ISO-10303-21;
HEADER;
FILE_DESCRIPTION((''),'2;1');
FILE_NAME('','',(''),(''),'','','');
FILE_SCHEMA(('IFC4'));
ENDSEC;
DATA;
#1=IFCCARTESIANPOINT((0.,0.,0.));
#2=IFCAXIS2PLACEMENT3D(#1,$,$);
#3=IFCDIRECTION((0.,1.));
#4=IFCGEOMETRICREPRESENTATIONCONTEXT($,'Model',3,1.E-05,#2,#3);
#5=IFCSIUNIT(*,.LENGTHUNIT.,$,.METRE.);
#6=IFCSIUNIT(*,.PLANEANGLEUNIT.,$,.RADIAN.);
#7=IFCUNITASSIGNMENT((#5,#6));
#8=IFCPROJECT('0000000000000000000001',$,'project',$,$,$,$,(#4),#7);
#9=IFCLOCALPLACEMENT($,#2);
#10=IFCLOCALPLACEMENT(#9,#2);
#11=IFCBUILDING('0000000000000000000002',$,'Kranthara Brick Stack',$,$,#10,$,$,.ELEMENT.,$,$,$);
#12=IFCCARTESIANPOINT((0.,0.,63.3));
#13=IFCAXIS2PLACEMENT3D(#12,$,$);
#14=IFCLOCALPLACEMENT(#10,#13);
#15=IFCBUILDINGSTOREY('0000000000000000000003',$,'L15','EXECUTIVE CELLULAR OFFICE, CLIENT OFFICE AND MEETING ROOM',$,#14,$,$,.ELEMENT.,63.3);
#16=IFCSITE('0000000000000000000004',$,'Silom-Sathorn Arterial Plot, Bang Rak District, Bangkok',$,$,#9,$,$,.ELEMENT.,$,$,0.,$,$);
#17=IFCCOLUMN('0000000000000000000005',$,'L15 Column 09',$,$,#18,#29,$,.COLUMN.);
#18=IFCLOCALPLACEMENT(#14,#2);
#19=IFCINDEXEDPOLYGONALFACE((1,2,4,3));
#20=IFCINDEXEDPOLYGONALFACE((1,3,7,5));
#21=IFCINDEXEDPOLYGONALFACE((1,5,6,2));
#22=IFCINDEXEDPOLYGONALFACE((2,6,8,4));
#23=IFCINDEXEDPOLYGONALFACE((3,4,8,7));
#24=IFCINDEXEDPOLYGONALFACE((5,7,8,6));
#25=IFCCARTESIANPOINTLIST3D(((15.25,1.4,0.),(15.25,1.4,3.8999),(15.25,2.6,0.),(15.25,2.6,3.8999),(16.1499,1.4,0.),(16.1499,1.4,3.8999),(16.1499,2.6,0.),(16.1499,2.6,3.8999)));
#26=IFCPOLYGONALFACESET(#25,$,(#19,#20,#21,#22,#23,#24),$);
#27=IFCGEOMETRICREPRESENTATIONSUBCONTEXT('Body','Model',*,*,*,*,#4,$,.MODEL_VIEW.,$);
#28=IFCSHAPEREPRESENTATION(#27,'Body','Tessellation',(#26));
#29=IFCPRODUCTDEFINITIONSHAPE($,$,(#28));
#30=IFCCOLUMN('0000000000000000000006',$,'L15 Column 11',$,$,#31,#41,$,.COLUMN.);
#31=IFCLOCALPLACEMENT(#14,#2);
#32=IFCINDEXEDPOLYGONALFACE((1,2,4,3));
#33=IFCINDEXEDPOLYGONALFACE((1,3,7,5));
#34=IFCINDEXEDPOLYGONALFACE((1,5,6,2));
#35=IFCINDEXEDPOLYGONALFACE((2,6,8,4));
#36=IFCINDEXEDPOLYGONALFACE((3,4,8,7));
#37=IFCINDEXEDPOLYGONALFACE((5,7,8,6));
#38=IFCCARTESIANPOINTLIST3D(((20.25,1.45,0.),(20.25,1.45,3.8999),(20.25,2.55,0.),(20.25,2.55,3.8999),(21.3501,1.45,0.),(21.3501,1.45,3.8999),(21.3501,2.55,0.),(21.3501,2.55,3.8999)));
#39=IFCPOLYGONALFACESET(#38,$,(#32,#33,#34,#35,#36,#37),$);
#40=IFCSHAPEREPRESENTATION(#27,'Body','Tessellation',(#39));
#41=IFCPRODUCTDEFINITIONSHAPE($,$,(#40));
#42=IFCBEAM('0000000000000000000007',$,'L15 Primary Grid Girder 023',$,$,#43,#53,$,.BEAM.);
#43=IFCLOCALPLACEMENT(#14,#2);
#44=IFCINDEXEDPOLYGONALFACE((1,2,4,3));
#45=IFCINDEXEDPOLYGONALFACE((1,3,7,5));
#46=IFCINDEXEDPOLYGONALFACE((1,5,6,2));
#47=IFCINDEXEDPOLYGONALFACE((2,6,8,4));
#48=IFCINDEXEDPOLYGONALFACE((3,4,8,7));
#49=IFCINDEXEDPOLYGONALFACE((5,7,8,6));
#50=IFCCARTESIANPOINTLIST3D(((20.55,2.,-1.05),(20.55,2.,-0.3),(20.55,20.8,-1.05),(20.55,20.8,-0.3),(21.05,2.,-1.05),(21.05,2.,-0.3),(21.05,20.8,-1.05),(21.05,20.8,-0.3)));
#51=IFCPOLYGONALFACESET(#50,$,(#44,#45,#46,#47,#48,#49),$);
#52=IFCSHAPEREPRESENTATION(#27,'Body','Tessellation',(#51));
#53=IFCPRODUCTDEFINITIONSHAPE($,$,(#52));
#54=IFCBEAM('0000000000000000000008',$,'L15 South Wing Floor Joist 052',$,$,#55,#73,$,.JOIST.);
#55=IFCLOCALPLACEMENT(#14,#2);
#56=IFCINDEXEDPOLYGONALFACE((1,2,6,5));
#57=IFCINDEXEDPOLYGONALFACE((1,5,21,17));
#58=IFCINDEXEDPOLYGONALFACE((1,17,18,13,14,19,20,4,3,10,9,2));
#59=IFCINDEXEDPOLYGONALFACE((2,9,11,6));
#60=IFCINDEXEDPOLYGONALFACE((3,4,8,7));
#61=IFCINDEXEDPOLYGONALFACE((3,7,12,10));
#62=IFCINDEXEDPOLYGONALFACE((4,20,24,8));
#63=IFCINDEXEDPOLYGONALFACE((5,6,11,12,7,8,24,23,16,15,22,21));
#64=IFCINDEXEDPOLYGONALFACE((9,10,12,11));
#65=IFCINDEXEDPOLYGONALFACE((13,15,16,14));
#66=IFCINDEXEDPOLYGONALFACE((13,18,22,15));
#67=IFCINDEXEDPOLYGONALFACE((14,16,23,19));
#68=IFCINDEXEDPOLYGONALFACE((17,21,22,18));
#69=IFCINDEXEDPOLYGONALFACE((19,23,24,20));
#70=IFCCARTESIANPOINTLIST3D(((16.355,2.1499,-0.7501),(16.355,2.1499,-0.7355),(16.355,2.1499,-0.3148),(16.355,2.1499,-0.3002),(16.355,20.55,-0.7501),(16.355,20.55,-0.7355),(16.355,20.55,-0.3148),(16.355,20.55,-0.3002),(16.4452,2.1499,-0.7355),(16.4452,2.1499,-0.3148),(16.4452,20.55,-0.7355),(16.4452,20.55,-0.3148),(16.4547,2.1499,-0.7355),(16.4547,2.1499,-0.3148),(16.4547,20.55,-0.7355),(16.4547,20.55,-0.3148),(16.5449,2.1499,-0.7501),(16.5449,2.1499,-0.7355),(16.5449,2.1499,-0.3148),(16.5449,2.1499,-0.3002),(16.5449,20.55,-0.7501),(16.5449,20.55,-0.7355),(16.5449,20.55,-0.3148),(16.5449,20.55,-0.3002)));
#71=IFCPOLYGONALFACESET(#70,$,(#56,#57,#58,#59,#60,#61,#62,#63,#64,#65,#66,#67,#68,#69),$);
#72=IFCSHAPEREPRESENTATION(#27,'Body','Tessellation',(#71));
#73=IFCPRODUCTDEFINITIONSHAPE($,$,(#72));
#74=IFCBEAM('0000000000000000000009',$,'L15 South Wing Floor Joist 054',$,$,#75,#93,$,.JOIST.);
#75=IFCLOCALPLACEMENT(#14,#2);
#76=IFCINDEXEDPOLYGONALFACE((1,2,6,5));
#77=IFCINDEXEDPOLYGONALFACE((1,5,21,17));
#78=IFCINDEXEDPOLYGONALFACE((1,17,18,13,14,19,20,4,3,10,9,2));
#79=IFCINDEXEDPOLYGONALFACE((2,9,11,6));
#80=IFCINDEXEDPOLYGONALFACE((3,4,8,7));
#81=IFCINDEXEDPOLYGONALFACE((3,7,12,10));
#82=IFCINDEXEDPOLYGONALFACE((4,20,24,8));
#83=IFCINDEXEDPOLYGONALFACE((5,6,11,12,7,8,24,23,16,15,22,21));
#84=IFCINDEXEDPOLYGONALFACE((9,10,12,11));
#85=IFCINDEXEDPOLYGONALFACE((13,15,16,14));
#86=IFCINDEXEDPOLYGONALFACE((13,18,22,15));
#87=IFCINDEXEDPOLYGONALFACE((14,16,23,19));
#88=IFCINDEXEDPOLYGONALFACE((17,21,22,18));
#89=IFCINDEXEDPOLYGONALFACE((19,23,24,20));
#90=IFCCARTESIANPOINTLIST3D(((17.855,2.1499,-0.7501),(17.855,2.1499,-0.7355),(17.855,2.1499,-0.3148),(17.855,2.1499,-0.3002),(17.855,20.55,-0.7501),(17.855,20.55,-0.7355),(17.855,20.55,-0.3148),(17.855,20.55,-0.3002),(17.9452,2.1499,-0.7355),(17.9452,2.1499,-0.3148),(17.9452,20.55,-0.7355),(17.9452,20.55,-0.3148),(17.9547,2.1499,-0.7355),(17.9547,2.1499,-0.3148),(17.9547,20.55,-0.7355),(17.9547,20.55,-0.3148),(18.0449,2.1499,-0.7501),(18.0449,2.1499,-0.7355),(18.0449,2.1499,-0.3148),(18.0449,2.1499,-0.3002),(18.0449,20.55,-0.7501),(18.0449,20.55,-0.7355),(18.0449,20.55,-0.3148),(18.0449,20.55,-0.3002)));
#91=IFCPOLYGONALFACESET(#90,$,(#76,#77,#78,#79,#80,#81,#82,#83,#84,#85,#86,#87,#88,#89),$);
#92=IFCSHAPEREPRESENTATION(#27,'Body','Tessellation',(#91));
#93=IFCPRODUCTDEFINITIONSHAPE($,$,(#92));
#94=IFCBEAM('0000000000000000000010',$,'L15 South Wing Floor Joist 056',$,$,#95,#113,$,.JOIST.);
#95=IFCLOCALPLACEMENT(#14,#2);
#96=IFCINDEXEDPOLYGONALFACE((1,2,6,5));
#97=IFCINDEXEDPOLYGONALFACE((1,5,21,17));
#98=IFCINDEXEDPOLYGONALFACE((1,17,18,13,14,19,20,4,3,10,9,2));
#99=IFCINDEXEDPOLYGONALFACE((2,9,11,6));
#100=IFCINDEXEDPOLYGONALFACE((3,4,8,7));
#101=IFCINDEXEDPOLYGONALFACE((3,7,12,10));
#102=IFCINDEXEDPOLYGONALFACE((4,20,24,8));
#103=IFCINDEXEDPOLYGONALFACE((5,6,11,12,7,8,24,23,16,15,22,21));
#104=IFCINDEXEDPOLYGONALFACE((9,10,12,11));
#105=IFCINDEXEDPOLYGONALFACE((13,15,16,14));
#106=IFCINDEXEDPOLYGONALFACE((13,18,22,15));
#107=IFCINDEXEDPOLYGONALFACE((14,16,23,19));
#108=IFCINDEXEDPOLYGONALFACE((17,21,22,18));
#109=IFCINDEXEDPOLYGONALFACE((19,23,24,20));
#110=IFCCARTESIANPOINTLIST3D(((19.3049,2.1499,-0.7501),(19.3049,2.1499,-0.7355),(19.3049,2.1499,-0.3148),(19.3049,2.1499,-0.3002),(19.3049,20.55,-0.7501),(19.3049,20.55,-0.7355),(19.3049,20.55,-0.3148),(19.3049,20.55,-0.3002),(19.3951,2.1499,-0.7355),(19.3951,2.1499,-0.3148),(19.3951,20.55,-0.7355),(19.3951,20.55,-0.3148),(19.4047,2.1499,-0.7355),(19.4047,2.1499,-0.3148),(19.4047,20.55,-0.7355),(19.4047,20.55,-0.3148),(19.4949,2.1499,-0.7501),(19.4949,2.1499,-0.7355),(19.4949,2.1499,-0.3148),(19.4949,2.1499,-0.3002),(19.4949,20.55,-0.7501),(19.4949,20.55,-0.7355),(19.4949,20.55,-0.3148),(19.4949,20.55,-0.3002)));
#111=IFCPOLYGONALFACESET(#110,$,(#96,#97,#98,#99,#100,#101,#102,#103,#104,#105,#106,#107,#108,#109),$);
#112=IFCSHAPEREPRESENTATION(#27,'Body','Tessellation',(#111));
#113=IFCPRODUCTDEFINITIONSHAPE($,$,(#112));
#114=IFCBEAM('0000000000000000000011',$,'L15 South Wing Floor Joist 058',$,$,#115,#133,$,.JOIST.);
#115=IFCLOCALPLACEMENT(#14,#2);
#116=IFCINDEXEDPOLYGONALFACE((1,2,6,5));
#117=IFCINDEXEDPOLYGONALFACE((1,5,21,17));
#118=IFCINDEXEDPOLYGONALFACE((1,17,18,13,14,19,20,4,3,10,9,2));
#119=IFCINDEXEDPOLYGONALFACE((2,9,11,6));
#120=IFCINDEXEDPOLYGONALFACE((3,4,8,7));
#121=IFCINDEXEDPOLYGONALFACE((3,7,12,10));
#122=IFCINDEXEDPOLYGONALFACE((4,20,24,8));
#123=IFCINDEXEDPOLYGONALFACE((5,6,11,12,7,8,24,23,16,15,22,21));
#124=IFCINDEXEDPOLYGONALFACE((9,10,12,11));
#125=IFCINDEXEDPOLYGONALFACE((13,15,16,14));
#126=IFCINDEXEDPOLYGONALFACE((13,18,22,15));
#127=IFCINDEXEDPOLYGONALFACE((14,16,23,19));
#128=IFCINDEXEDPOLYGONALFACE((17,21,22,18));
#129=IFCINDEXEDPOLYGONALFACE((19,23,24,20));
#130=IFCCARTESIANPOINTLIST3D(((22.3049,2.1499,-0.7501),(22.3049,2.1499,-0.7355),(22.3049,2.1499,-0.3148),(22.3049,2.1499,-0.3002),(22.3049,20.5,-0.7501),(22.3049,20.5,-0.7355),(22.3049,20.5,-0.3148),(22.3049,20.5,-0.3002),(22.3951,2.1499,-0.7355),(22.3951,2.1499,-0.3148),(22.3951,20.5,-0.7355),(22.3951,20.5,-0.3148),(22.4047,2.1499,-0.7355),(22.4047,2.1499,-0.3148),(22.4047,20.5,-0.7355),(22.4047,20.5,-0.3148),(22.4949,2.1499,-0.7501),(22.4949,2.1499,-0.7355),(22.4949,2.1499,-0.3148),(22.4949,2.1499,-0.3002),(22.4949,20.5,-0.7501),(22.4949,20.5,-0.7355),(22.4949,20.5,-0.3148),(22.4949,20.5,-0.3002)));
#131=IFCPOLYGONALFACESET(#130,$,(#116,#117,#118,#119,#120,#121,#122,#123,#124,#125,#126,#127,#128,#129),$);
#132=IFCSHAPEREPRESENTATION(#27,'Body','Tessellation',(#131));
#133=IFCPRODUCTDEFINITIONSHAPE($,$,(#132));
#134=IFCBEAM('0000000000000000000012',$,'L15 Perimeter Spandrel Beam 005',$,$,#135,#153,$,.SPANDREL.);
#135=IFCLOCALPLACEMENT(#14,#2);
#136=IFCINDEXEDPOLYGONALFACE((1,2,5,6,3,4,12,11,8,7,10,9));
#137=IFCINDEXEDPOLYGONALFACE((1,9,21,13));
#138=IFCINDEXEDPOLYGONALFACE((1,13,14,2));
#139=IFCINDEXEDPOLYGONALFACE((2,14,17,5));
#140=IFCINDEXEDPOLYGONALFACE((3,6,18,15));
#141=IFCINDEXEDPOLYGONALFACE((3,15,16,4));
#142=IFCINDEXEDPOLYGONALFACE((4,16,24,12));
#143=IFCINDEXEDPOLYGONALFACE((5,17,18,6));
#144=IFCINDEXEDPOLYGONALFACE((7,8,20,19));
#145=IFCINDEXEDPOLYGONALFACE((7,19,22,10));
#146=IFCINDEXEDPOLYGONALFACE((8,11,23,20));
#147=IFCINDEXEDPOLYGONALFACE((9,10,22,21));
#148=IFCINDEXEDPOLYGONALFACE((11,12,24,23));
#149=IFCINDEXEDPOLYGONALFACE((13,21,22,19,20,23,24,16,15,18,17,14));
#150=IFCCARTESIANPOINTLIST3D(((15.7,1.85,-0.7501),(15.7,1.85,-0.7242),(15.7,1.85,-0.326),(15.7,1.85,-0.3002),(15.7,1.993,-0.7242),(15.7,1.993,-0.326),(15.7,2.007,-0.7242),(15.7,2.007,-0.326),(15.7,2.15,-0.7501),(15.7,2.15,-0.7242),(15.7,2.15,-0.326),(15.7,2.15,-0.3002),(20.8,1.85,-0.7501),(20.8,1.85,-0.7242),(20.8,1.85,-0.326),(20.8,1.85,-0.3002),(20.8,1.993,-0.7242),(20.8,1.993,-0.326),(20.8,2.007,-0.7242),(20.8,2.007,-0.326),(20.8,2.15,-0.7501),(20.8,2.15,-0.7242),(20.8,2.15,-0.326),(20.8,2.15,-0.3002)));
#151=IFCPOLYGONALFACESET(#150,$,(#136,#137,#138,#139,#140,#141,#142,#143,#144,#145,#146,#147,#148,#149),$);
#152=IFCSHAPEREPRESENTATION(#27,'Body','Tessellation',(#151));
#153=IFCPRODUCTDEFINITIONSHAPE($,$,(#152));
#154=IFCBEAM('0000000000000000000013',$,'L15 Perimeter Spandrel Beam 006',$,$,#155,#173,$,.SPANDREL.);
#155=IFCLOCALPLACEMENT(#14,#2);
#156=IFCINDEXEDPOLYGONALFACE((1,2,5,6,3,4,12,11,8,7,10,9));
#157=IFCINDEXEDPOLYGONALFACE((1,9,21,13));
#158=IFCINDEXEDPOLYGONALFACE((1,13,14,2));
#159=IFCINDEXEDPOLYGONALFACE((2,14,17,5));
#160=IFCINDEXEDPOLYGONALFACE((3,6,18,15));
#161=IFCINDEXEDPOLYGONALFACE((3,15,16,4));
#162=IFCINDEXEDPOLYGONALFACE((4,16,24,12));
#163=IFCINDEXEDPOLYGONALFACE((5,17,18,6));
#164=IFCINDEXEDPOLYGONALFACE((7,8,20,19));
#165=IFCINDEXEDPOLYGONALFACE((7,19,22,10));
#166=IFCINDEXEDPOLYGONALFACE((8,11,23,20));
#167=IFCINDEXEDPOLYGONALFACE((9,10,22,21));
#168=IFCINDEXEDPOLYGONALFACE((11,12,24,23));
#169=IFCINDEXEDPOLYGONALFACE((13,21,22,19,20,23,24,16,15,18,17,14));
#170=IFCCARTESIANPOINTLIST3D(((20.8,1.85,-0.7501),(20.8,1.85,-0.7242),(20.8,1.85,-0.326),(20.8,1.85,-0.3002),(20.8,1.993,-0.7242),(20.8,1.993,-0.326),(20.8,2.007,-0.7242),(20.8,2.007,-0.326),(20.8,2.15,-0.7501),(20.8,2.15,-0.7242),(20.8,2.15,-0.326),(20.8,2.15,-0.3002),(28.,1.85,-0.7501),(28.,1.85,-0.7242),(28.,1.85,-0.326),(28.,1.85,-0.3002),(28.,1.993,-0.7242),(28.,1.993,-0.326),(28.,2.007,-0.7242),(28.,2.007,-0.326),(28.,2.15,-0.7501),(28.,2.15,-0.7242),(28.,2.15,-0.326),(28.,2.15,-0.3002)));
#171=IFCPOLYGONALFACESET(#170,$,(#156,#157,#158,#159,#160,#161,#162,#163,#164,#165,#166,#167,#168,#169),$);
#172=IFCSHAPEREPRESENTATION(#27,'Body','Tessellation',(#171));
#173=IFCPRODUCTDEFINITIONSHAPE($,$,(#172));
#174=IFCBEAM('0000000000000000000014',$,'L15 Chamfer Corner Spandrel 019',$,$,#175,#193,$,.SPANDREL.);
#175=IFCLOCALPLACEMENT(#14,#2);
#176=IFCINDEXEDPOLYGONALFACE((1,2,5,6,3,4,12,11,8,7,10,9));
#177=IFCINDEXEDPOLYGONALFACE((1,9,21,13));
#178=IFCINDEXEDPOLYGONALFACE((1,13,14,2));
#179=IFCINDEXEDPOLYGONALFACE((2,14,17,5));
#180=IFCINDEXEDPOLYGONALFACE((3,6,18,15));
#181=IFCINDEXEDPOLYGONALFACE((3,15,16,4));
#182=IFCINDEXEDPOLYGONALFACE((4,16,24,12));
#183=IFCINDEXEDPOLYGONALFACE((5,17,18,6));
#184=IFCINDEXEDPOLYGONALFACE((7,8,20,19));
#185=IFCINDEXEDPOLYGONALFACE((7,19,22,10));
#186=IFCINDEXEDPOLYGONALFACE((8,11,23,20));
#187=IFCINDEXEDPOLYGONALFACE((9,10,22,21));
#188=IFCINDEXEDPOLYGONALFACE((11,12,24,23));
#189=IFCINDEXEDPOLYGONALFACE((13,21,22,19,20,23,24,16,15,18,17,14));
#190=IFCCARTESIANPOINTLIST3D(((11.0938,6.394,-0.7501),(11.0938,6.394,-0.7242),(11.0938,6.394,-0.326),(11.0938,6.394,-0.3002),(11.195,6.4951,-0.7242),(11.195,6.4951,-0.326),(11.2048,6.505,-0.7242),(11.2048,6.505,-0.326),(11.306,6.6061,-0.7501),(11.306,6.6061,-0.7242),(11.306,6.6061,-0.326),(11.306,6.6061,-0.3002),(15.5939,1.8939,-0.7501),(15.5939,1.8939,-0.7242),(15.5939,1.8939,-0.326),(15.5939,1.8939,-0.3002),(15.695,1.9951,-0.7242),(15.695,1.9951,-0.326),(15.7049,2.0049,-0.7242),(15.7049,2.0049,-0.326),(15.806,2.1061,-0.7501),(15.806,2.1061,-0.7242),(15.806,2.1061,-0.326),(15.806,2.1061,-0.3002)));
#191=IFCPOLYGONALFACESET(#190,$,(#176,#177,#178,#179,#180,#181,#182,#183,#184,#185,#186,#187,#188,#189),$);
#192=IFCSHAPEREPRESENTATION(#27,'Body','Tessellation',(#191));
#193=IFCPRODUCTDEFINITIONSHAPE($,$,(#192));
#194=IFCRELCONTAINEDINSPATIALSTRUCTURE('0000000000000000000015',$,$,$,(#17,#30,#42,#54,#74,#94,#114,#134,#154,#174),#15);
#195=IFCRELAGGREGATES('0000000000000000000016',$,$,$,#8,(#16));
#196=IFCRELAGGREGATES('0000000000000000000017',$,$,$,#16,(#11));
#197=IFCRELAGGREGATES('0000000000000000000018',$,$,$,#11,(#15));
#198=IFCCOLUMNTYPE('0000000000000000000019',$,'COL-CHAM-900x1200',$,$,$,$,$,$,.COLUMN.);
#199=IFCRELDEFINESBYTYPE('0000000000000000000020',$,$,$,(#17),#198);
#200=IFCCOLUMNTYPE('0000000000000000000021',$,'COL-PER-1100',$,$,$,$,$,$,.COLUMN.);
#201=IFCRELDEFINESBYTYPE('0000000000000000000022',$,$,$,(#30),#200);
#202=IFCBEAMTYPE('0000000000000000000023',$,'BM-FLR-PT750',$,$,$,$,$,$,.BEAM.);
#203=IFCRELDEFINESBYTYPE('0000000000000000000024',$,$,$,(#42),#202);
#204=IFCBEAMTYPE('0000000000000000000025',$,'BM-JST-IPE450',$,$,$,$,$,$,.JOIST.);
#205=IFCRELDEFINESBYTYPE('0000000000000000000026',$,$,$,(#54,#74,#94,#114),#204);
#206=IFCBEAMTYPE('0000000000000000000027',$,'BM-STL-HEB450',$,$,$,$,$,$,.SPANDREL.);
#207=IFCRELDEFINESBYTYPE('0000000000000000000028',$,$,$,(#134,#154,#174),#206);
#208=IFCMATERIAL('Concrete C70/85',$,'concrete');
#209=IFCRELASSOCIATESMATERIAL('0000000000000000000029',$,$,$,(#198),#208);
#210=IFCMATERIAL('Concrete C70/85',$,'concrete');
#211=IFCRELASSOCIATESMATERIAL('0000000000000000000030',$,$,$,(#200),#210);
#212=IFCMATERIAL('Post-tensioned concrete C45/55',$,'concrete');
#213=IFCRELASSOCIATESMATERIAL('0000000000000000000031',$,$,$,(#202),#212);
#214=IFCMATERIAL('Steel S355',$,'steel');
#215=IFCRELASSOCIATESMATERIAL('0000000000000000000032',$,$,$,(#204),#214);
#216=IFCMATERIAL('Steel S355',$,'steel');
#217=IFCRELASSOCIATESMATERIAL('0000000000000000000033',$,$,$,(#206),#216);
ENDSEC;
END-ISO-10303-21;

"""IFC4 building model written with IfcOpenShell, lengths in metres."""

from ifc_helpers import new_model, si_unit, direction, frame, origin, origin_2d, place, context, subcontext, project, spatial, rectangle, i_section, extrude, material, material_profile, profile_set, type_object, element, save


model = new_model("IFC4")

# Units and contexts
model_context = context("Model", 3, precision=1e-05, world=origin(), true_north=direction((0.0, 1.0)))
body_context = subcontext(model_context, "Body", "Model", "MODEL_VIEW")
ifc_project = project(units=[si_unit("LENGTHUNIT", "METRE"), si_unit("PLANEANGLEUNIT", "RADIAN")], contexts=[model_context])

# Site, building, storey
site_placement = place(None, origin())
site = spatial("IfcSite", under=ifc_project, at=site_placement, Name="Silom-Sathorn Arterial Plot, Bang Rak District, Bangkok", CompositionType="ELEMENT", RefElevation=0.0)
building_placement = place(site_placement, origin())
building = spatial("IfcBuilding", under=site, at=building_placement, Name="Kranthara Brick Stack", CompositionType="ELEMENT")
storey_placement = place(building_placement, frame((0.0, 0.0, 63.3)))
storey = spatial("IfcBuildingStorey", under=building, at=storey_placement, Name="L15", Description="EXECUTIVE CELLULAR OFFICE, CLIENT OFFICE AND MEETING ROOM", CompositionType="ELEMENT", Elevation=63.3)

# Columns
ifc_material_1 = material(Name="Concrete C70/85", Category="concrete")
ifc_material_profile_1 = material_profile(ifc_material_1, rectangle(XDim=0.8999, YDim=1.2, at=origin_2d()), Name="RC 900x1200")
ifc_profile_set_1 = profile_set([ifc_material_profile_1], Name="Concrete C70/85")
column_type_1 = type_object("IfcColumnType", Name="COL-CHAM-900x1200", PredefinedType="COLUMN", material=ifc_profile_set_1)
column_1_placement = place(storey_placement, frame((15.7, 2.0, 0.0), z_axis=(0.0, 0.0, 1.0), x_axis=(1.0, 0.0, 0.0)))
element("IfcColumn", 1, at=column_1_placement, inside=storey, type_object=column_type_1, Name="L15 Column 09", PredefinedType="COLUMN", context=body_context, shape_type="SweptSolid", body=[
    extrude(rectangle(XDim=0.8999, YDim=1.2, at=origin_2d()), origin(), (0.0, 0.0, 1.0), 3.8999),
])
ifc_material_2 = material(Name="Concrete C70/85", Category="concrete")
ifc_material_profile_2 = material_profile(ifc_material_2, rectangle(XDim=1.1001, YDim=1.1001, at=origin_2d()), Name="RC 1100x1100")
ifc_profile_set_2 = profile_set([ifc_material_profile_2], Name="Concrete C70/85")
column_type_2 = type_object("IfcColumnType", Name="COL-PER-1100", PredefinedType="COLUMN", material=ifc_profile_set_2)
column_2_placement = place(storey_placement, frame((20.8, 2.0, 0.0), z_axis=(0.0, 0.0, 1.0), x_axis=(1.0, 0.0, 0.0)))
element("IfcColumn", 2, at=column_2_placement, inside=storey, type_object=column_type_2, Name="L15 Column 11", PredefinedType="COLUMN", context=body_context, shape_type="SweptSolid", body=[
    extrude(rectangle(XDim=1.1001, YDim=1.1001, at=origin_2d()), origin(), (0.0, 0.0, 1.0), 3.8999),
])

# Beams
ifc_material_3 = material(Name="Post-tensioned concrete C45/55", Category="concrete")
ifc_material_profile_3 = material_profile(ifc_material_3, rectangle(XDim=0.5, YDim=0.75, at=origin_2d()), Name="PT 500x750")
ifc_profile_set_3 = profile_set([ifc_material_profile_3], Name="Post-tensioned concrete C45/55")
beam_type_1 = type_object("IfcBeamType", Name="BM-FLR-PT750", PredefinedType="BEAM", material=ifc_profile_set_3)
beam_1_placement = place(storey_placement, frame((20.8, 2.0, -0.675), z_axis=(0.0, 1.0, 0.0), x_axis=(-1.0, 0.0, 0.0)))
element("IfcBeam", 3, at=beam_1_placement, inside=storey, type_object=beam_type_1, Name="L15 Primary Grid Girder 023", PredefinedType="BEAM", context=body_context, shape_type="SweptSolid", body=[
    extrude(rectangle(XDim=0.5, YDim=0.75, at=origin_2d()), origin(), (0.0, 0.0, 1.0), 18.8),
])
ifc_material_4 = material(Name="Steel S355", Category="steel")
ifc_material_profile_4 = material_profile(ifc_material_4, i_section(OverallWidth=0.1899, OverallDepth=0.45, WebThickness=0.0095, FlangeThickness=0.0146, at=origin_2d()), Name="IPE 450")
ifc_profile_set_4 = profile_set([ifc_material_profile_4], Name="Steel S355")
beam_type_2 = type_object("IfcBeamType", Name="BM-JST-IPE450", PredefinedType="JOIST", material=ifc_profile_set_4)
for number, where, z_axis, x_axis, name in (
    (4, (16.45, 2.1499, -0.5251), (0.0, 1.0, 0.0), (-1.0, 0.0, 0.0), "L15 South Wing Floor Joist 052"),
    (5, (17.95, 2.1499, -0.5251), (0.0, 1.0, 0.0), (-1.0, 0.0, 0.0), "L15 South Wing Floor Joist 054"),
    (6, (19.3999, 2.1499, -0.5251), (0.0, 1.0, 0.0), (-1.0, 0.0, 0.0), "L15 South Wing Floor Joist 056"),
):
    element("IfcBeam", number, at=place(storey_placement, frame(where, z_axis=z_axis, x_axis=x_axis)), inside=storey, type_object=beam_type_2, Name=name, PredefinedType="JOIST", context=body_context, shape_type="SweptSolid", body=[
        extrude(i_section(OverallWidth=0.1899, OverallDepth=0.45, WebThickness=0.0095, FlangeThickness=0.0146, at=origin_2d()), origin(), (0.0, 0.0, 1.0), 18.4001),
    ])
beam_2_placement = place(storey_placement, frame((22.3999, 2.1499, -0.5251), z_axis=(0.0, 1.0, 0.0), x_axis=(-1.0, 0.0, 0.0)))
element("IfcBeam", 7, at=beam_2_placement, inside=storey, type_object=beam_type_2, Name="L15 South Wing Floor Joist 058", PredefinedType="JOIST", context=body_context, shape_type="SweptSolid", body=[
    extrude(i_section(OverallWidth=0.1899, OverallDepth=0.45, WebThickness=0.0095, FlangeThickness=0.0146, at=origin_2d()), origin(), (0.0, 0.0, 1.0), 18.3501),
])
ifc_material_5 = material(Name="Steel S355", Category="steel")
ifc_material_profile_5 = material_profile(ifc_material_5, i_section(OverallWidth=0.3, OverallDepth=0.45, WebThickness=0.0139, FlangeThickness=0.0259, at=origin_2d()), Name="HEB 450")
ifc_profile_set_5 = profile_set([ifc_material_profile_5], Name="Steel S355")
beam_type_3 = type_object("IfcBeamType", Name="BM-STL-HEB450", PredefinedType="SPANDREL", material=ifc_profile_set_5)
beam_3_placement = place(storey_placement, frame((15.7, 2.0, -0.5251), z_axis=(1.0, 0.0, 0.0), x_axis=(0.0, 1.0, 0.0)))
element("IfcBeam", 8, at=beam_3_placement, inside=storey, type_object=beam_type_3, Name="L15 Perimeter Spandrel Beam 005", PredefinedType="SPANDREL", context=body_context, shape_type="SweptSolid", body=[
    extrude(i_section(OverallWidth=0.3, OverallDepth=0.45, WebThickness=0.0139, FlangeThickness=0.0259, at=origin_2d()), origin(), (0.0, 0.0, 1.0), 5.1001),
])
beam_4_placement = place(storey_placement, frame((20.8, 2.0, -0.5251), z_axis=(1.0, 0.0, 0.0), x_axis=(0.0, 1.0, 0.0)))
element("IfcBeam", 9, at=beam_4_placement, inside=storey, type_object=beam_type_3, Name="L15 Perimeter Spandrel Beam 006", PredefinedType="SPANDREL", context=body_context, shape_type="SweptSolid", body=[
    extrude(i_section(OverallWidth=0.3, OverallDepth=0.45, WebThickness=0.0139, FlangeThickness=0.0259, at=origin_2d()), origin(), (0.0, 0.0, 1.0), 7.2),
])
beam_5_placement = place(storey_placement, frame((15.7, 2.0, -0.5251), z_axis=(-0.707107, 0.707107, 0.0), x_axis=(-0.707107, -0.707107, 0.0)))
element("IfcBeam", 10, at=beam_5_placement, inside=storey, type_object=beam_type_3, Name="L15 Chamfer Corner Spandrel 019", PredefinedType="SPANDREL", context=body_context, shape_type="SweptSolid", body=[
    extrude(i_section(OverallWidth=0.3, OverallDepth=0.45, WebThickness=0.0139, FlangeThickness=0.0259, at=origin_2d()), origin(), (0.0, 0.0, 1.0), 6.364),
])

save(model, "model.ifc")
